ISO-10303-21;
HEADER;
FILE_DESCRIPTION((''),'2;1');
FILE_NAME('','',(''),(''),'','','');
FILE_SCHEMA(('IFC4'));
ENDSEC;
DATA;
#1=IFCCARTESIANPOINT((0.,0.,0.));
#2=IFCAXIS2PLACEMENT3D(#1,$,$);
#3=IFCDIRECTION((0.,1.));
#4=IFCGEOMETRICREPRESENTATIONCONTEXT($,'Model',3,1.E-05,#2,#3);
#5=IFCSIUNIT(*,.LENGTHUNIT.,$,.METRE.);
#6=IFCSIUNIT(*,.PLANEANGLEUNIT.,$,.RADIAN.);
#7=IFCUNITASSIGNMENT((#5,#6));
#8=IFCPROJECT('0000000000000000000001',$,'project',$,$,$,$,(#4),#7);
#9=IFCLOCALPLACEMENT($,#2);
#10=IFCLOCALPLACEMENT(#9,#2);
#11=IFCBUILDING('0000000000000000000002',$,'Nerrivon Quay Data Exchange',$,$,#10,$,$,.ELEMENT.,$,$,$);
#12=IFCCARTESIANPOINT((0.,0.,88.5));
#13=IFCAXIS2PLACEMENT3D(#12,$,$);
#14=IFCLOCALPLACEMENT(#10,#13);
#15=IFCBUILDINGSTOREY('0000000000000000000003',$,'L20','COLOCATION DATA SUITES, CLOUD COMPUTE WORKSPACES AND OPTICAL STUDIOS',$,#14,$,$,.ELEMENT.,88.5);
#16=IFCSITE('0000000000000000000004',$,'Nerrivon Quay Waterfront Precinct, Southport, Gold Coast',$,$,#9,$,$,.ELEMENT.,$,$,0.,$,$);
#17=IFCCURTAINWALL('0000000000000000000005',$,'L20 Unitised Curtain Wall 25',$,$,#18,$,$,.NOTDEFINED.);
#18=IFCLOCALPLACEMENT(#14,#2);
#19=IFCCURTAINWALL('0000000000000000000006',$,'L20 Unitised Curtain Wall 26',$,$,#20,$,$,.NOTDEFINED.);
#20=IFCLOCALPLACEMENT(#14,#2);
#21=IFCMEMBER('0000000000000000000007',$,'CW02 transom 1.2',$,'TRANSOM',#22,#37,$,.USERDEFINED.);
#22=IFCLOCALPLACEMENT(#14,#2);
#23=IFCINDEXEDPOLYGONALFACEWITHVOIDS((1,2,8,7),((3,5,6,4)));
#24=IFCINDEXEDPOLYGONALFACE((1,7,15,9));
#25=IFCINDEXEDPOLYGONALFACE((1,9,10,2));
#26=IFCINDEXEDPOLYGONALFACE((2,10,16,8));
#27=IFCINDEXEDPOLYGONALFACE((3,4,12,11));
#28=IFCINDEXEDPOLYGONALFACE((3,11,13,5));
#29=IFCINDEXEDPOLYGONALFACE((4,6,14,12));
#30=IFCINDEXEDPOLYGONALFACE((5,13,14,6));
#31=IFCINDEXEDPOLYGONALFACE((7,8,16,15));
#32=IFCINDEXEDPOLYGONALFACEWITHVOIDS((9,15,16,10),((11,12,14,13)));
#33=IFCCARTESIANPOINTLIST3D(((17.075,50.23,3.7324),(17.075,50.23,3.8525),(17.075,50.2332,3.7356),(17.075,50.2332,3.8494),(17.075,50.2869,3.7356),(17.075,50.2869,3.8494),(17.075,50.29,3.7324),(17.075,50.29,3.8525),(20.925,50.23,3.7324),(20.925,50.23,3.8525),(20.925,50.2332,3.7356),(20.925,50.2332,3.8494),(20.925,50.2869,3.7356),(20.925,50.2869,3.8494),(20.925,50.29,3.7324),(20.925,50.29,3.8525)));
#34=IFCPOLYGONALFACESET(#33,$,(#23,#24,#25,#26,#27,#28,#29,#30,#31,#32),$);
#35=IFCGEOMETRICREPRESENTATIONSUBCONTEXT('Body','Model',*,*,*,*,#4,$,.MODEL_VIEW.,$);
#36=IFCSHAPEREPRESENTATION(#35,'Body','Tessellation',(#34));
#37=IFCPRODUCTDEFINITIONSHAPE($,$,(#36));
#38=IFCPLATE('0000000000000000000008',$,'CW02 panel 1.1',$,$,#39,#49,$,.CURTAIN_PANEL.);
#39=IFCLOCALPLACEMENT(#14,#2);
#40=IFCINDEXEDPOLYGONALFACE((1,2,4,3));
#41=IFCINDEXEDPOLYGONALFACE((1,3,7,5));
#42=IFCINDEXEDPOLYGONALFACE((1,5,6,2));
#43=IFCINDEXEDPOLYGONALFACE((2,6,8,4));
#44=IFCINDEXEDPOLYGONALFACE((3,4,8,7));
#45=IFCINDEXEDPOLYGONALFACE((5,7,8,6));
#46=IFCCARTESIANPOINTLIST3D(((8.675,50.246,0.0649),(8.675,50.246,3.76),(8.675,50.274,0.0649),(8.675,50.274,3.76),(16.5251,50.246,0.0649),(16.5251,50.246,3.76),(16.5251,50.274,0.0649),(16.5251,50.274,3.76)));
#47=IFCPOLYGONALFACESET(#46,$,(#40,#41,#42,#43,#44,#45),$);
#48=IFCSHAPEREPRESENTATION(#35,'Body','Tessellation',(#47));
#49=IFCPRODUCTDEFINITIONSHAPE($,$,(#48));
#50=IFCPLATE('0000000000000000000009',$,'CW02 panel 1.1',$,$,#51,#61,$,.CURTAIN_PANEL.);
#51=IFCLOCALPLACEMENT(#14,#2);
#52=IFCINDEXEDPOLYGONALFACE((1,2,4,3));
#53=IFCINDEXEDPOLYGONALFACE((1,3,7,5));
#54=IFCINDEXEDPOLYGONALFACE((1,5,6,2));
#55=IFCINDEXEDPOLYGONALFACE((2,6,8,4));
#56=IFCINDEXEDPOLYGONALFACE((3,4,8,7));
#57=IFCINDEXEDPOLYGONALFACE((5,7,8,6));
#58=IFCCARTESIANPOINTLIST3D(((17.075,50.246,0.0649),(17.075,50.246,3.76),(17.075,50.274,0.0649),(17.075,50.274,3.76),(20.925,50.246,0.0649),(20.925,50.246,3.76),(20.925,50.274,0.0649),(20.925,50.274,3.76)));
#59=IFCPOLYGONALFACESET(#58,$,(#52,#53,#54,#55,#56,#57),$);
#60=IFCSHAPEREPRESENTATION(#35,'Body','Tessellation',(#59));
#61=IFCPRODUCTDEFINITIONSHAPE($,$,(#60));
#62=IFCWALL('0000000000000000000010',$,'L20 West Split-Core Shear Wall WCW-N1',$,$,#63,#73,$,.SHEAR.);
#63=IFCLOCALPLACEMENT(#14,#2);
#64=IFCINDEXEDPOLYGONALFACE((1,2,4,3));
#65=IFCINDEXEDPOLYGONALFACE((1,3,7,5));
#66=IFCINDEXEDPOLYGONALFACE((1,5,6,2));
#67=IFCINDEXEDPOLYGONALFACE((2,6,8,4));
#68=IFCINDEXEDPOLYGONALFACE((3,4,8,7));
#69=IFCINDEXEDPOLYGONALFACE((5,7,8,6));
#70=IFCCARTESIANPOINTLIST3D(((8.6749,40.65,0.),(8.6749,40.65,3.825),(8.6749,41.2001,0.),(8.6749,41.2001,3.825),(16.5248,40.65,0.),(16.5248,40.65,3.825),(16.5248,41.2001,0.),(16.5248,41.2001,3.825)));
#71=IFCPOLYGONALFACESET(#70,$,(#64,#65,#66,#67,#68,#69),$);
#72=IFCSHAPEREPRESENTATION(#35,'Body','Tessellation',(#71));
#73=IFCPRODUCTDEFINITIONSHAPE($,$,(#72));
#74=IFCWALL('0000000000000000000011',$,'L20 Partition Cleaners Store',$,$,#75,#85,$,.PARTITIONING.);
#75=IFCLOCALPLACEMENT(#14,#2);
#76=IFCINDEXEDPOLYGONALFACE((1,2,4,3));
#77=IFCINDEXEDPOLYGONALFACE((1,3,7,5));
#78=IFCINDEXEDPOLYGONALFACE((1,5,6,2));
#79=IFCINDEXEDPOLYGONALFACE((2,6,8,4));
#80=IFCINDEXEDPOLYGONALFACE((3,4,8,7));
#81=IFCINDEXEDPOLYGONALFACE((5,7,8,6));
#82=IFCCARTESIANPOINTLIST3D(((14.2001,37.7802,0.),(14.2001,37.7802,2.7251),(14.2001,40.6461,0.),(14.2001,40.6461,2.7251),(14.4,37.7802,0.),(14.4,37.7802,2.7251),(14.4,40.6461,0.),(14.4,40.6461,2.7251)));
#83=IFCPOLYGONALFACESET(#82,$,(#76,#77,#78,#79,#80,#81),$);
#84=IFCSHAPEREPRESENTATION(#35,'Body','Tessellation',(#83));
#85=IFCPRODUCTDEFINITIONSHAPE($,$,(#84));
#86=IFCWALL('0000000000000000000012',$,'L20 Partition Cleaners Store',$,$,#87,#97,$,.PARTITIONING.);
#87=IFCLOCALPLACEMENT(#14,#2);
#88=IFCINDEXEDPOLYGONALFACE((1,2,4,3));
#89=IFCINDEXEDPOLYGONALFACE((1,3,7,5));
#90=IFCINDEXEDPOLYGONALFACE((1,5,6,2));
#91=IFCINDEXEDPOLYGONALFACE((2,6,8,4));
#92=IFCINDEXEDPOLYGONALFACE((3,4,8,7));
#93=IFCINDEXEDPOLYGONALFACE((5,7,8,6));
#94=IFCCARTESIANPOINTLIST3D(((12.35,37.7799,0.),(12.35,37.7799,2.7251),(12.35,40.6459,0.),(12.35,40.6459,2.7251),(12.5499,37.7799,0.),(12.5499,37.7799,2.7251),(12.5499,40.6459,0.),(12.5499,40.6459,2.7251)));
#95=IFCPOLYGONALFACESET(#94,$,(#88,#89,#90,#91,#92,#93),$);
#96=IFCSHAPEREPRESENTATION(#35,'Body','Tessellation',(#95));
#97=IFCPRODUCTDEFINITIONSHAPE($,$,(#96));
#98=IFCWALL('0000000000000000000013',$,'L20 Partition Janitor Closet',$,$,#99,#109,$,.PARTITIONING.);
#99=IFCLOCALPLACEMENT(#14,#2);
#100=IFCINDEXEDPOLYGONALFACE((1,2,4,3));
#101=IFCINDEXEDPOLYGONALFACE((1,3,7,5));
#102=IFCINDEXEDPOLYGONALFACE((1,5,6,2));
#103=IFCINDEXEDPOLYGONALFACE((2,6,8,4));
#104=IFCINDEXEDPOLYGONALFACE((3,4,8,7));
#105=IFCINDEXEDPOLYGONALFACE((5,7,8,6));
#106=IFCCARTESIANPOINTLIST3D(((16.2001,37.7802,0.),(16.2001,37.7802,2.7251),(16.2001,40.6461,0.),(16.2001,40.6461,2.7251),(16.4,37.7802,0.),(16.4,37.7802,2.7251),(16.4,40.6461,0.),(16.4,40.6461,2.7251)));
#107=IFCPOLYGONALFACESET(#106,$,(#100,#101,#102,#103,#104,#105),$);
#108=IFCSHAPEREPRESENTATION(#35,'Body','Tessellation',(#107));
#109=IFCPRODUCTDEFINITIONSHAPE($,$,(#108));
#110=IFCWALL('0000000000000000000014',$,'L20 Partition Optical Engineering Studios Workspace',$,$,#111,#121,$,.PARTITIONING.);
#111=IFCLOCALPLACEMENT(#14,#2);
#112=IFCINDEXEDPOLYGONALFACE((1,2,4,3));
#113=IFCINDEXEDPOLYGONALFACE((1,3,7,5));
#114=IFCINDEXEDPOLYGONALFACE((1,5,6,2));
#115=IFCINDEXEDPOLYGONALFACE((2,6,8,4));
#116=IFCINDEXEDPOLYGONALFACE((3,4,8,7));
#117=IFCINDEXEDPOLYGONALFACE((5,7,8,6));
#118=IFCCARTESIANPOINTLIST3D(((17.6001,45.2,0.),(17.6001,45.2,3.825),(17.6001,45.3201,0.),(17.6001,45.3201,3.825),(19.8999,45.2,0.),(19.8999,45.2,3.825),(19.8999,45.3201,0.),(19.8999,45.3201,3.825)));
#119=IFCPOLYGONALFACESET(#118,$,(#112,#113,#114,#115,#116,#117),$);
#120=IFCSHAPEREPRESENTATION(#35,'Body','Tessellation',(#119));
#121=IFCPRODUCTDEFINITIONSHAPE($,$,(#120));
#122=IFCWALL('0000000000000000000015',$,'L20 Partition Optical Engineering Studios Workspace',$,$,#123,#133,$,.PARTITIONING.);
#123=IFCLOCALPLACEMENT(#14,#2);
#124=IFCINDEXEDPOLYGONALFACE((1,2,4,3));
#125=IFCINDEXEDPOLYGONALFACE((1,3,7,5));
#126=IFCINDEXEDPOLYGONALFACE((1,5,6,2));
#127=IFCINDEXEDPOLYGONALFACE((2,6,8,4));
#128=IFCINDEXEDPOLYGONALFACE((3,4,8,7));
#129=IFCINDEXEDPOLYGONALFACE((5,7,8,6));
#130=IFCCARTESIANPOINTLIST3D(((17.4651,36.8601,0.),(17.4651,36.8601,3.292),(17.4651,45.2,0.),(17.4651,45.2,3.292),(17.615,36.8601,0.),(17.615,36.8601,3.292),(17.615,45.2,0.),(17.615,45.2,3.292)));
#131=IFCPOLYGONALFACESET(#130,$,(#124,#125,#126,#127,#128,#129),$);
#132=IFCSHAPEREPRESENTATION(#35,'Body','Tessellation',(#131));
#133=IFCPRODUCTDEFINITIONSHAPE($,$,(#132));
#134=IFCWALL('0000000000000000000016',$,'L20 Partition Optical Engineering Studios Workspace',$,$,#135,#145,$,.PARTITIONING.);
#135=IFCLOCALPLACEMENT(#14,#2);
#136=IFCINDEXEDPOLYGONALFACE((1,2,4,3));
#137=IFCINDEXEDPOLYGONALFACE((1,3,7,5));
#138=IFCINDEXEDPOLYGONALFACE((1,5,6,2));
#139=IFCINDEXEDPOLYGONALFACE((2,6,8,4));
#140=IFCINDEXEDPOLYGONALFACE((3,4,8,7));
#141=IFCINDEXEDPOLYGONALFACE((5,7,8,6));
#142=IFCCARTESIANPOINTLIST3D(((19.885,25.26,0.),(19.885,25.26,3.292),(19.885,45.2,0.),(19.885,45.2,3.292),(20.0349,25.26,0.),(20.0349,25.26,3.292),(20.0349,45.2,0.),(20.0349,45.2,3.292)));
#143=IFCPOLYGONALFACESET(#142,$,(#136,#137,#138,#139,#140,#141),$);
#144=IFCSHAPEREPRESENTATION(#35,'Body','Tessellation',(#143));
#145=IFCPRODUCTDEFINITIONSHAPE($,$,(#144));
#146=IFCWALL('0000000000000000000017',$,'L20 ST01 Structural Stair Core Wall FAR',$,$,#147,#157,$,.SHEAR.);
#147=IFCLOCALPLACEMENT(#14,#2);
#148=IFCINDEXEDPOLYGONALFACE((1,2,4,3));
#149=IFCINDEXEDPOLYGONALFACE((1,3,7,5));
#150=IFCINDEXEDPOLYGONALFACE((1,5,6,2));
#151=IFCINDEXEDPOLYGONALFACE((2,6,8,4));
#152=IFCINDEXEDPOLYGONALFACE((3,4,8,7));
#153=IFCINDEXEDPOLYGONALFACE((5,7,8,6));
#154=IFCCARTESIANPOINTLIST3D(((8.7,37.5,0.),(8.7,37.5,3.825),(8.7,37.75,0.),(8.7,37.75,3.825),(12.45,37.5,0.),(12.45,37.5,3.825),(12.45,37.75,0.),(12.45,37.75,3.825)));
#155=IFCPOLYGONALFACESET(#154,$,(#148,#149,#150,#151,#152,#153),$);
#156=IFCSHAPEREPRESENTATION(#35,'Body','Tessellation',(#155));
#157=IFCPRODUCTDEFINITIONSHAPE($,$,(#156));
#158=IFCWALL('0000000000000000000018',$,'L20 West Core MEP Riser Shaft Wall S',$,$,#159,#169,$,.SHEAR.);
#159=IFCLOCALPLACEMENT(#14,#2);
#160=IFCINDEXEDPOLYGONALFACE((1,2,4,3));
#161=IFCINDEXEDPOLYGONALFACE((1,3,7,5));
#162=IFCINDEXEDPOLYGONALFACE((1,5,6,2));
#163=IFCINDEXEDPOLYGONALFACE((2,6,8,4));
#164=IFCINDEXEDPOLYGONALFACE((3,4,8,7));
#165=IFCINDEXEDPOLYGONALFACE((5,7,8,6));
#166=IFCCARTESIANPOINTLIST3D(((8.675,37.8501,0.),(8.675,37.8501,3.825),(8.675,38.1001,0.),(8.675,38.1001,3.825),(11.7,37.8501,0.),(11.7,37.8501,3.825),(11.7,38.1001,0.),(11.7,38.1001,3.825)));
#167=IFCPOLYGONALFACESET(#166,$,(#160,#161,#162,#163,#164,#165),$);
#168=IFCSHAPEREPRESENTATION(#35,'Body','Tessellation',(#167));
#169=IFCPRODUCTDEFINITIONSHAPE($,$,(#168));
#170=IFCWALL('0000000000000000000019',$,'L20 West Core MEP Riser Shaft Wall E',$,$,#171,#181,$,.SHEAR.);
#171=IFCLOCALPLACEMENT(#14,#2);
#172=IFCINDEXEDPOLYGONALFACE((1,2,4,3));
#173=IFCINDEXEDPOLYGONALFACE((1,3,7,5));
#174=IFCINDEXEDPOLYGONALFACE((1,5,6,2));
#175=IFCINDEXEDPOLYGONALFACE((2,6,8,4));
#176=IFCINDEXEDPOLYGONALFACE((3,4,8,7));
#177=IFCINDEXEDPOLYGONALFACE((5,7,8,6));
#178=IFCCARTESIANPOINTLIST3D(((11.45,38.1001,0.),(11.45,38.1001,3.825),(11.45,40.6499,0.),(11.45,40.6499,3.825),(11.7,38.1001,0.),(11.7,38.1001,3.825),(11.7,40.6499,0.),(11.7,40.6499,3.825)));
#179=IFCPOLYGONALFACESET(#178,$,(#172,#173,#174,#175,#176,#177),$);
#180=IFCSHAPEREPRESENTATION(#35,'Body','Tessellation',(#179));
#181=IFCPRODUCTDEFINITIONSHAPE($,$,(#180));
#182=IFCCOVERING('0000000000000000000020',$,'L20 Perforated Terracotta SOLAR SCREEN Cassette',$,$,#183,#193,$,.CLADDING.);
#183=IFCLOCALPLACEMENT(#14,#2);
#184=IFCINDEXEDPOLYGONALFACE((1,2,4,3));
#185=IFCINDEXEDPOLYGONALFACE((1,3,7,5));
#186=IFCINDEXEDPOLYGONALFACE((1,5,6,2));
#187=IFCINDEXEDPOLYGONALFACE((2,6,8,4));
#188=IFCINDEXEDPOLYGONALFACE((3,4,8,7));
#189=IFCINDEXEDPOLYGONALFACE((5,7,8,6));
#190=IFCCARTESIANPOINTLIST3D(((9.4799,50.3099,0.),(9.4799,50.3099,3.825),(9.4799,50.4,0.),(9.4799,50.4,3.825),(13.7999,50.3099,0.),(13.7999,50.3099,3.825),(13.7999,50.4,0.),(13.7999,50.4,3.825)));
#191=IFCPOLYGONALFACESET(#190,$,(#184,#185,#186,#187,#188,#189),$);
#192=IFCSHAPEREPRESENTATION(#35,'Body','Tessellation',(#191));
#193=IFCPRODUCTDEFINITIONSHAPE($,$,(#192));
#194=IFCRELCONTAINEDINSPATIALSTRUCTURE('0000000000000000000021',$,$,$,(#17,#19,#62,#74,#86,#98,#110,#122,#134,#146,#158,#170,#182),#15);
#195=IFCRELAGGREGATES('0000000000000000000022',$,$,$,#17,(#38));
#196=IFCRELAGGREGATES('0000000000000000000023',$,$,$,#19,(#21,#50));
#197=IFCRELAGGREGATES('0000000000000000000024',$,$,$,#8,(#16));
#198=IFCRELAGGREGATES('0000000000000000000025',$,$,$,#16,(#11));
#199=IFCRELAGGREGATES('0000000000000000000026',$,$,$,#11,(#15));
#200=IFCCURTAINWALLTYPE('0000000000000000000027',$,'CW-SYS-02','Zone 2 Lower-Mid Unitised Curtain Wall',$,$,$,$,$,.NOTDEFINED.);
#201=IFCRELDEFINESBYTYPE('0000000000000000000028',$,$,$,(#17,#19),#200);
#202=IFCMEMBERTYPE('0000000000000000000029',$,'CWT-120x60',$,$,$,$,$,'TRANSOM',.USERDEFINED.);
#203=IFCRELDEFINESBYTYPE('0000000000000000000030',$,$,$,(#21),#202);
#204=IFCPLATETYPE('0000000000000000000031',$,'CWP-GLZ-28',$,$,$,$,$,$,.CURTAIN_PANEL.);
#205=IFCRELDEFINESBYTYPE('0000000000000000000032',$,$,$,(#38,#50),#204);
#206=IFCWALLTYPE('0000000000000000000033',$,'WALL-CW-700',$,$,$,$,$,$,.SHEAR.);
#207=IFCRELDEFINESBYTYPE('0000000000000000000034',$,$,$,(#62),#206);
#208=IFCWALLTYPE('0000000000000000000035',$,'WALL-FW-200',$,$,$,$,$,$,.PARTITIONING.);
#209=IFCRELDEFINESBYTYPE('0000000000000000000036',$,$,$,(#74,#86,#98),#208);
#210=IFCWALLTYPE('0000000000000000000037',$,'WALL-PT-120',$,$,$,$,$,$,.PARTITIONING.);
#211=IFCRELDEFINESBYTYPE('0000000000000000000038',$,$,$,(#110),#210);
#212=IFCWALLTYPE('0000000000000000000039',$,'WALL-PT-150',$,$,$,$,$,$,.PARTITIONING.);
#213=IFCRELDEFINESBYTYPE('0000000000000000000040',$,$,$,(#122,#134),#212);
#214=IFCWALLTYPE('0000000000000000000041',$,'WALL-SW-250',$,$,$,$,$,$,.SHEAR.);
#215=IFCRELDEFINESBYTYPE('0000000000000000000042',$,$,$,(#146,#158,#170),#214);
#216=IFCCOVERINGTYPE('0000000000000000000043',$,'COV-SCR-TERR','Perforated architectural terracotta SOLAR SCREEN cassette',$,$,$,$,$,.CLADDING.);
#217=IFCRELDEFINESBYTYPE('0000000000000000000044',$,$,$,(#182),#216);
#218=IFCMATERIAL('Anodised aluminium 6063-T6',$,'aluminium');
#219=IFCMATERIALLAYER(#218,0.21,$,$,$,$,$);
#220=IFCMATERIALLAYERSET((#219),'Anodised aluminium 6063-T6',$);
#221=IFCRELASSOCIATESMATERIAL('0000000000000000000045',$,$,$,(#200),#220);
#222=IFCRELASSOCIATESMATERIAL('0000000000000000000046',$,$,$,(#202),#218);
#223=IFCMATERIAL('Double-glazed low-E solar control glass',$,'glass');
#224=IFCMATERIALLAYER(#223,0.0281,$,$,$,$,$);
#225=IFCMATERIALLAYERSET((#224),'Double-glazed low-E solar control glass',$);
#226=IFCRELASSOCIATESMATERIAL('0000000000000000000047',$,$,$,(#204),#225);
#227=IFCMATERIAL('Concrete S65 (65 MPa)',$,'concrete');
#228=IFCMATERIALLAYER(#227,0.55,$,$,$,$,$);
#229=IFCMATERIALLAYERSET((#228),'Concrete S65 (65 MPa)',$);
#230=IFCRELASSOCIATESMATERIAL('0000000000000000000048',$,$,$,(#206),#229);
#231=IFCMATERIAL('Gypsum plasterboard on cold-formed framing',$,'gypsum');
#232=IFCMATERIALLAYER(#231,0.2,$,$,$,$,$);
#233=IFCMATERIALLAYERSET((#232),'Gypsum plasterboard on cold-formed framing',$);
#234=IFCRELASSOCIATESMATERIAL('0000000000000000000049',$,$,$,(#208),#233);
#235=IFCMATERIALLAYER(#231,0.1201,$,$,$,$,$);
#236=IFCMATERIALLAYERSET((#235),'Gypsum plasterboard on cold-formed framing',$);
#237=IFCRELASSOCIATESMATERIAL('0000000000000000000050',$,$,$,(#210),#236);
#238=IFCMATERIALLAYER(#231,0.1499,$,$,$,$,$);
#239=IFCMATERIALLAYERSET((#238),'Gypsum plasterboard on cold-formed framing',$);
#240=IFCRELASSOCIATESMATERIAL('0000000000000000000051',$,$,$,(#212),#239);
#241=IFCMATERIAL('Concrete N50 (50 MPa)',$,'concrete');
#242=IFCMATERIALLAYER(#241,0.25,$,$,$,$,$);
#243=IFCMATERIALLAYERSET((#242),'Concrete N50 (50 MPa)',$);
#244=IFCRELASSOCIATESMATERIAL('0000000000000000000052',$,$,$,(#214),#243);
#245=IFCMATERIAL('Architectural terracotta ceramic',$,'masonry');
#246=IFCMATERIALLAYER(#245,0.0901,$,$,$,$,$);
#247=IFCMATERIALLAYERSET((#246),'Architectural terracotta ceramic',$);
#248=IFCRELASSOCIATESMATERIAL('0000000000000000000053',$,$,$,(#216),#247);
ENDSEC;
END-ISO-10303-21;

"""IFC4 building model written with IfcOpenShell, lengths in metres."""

from ifc_helpers import new_model, si_unit, direction, frame, frame_2d, origin, origin_2d, place, context, subcontext, project, spatial, rectangle, hollow_rectangle, extrude, material, layer, layer_set, material_profile, profile_set, type_object, element, aggregate, save


model = new_model("IFC4")

# Units and contexts
model_context = context("Model", 3, precision=1e-05, world=origin(), true_north=direction((0.0, 1.0)))
body_context = subcontext(model_context, "Body", "Model", "MODEL_VIEW")
ifc_project = project(units=[si_unit("LENGTHUNIT", "METRE"), si_unit("PLANEANGLEUNIT", "RADIAN")], contexts=[model_context])

# Site, building, storey
site_placement = place(None, origin())
site = spatial("IfcSite", under=ifc_project, at=site_placement, Name="Nerrivon Quay Waterfront Precinct, Southport, Gold Coast", CompositionType="ELEMENT", RefElevation=0.0)
building_placement = place(site_placement, origin())
building = spatial("IfcBuilding", under=site, at=building_placement, Name="Nerrivon Quay Data Exchange", CompositionType="ELEMENT")
storey_placement = place(building_placement, frame((0.0, 0.0, 88.5)))
storey = spatial("IfcBuildingStorey", under=building, at=storey_placement, Name="L20", Description="COLOCATION DATA SUITES, CLOUD COMPUTE WORKSPACES AND OPTICAL STUDIOS", CompositionType="ELEMENT", Elevation=88.5)

# Shared definitions
ifc_material_1 = material(Name="Concrete S65 (65 MPa)", Category="concrete")

# Curtain walls
ifc_material_2 = material(Name="Anodised aluminium 6063-T6", Category="aluminium")
ifc_layer_1 = layer(ifc_material_2, 0.21)
ifc_layer_set_1 = layer_set([ifc_layer_1], Name="Anodised aluminium 6063-T6")
curtain_wall_type = type_object("IfcCurtainWallType", Name="CW-SYS-02", Description="Zone 2 Lower-Mid Unitised Curtain Wall", PredefinedType="NOTDEFINED", material=ifc_layer_set_1)
curtain_wall_1_placement = place(storey_placement, origin())
curtain_wall_1 = element("IfcCurtainWall", 1, at=curtain_wall_1_placement, inside=storey, type_object=curtain_wall_type, Name="L20 Unitised Curtain Wall 25", PredefinedType="NOTDEFINED")
curtain_wall_2_placement = place(storey_placement, origin())
curtain_wall_2 = element("IfcCurtainWall", 2, at=curtain_wall_2_placement, inside=storey, type_object=curtain_wall_type, Name="L20 Unitised Curtain Wall 26", PredefinedType="NOTDEFINED")

# Member
ifc_material_profile_1 = material_profile(ifc_material_2, hollow_rectangle(XDim=0.0601, YDim=0.1201, WallThickness=0.0032, at=origin_2d()), Name="ALU-TRAN-120x60")
ifc_profile_set_1 = profile_set([ifc_material_profile_1], Name="Anodised aluminium 6063-T6")
member_type_1 = type_object("IfcMemberType", Name="CWT-120x60", ElementType="TRANSOM", PredefinedType="USERDEFINED", material=ifc_profile_set_1)
member_1_placement = place(storey_placement, frame((17.075, 50.26, 3.7925), z_axis=(1.0, 0.0, 0.0), x_axis=(0.0, 1.0, 0.0)))
member_1 = element("IfcMember", 3, at=member_1_placement, type_object=member_type_1, Name="CW02 transom 1.2", ObjectType="TRANSOM", PredefinedType="USERDEFINED", context=body_context, shape_type="SweptSolid", body=[
    extrude(hollow_rectangle(XDim=0.0601, YDim=0.1201, WallThickness=0.0032, at=origin_2d()), origin(), (0.0, 0.0, 1.0), 3.8501),
])

# Plates
ifc_material_3 = material(Name="Double-glazed low-E solar control glass", Category="glass")
ifc_layer_2 = layer(ifc_material_3, 0.0281)
ifc_layer_set_2 = layer_set([ifc_layer_2], Name="Double-glazed low-E solar control glass")
plate_type = type_object("IfcPlateType", Name="CWP-GLZ-28", PredefinedType="CURTAIN_PANEL", material=ifc_layer_set_2)
plate_1_placement = place(storey_placement, frame((12.6001, 50.26, 0.0649), z_axis=(0.0, 0.0, 1.0), x_axis=(1.0, 0.0, 0.0)))
plate_1 = element("IfcPlate", 4, at=plate_1_placement, type_object=plate_type, Name="CW02 panel 1.1", PredefinedType="CURTAIN_PANEL", context=body_context, shape_type="SweptSolid", body=[
    extrude(rectangle(XDim=7.8501, YDim=0.0281, at=origin_2d()), origin(), (0.0, 0.0, 1.0), 3.6951),
])
aggregate(curtain_wall_1, [plate_1])
plate_2_placement = place(storey_placement, frame((19.0, 50.26, 0.0649), z_axis=(0.0, 0.0, 1.0), x_axis=(1.0, 0.0, 0.0)))
plate_2 = element("IfcPlate", 5, at=plate_2_placement, type_object=plate_type, Name="CW02 panel 1.1", PredefinedType="CURTAIN_PANEL", context=body_context, shape_type="SweptSolid", body=[
    extrude(rectangle(XDim=3.8501, YDim=0.0281, at=origin_2d()), origin(), (0.0, 0.0, 1.0), 3.6951),
])
aggregate(curtain_wall_2, [member_1, plate_2])

# Walls
ifc_layer_3 = layer(ifc_material_1, 0.55)
ifc_layer_set_3 = layer_set([ifc_layer_3], Name="Concrete S65 (65 MPa)")
wall_type_1 = type_object("IfcWallType", Name="WALL-CW-700", PredefinedType="SHEAR", material=ifc_layer_set_3)
wall_1_placement = place(storey_placement, frame((8.675, 40.925, 0.0), z_axis=(0.0, 0.0, 1.0), x_axis=(1.0, 0.0, 0.0)))
element("IfcWall", 6, at=wall_1_placement, inside=storey, type_object=wall_type_1, Name="L20 West Split-Core Shear Wall WCW-N1", PredefinedType="SHEAR", context=body_context, shape_type="SweptSolid", body=[
    extrude(rectangle(XDim=7.8499, YDim=0.55, at=frame_2d((3.9248, 0.0))), origin(), (0.0, 0.0, 1.0), 3.825),
])
ifc_material_4 = material(Name="Gypsum plasterboard on cold-formed framing", Category="gypsum")
ifc_layer_4 = layer(ifc_material_4, 0.2)
ifc_layer_set_4 = layer_set([ifc_layer_4], Name="Gypsum plasterboard on cold-formed framing")
wall_type_2 = type_object("IfcWallType", Name="WALL-FW-200", PredefinedType="PARTITIONING", material=ifc_layer_set_4)
for number, where, z_axis, x_axis, name in (
    (7, (14.3, 37.78, 0.0), (0.0, 0.0, 1.0), (0.0, 1.0, 0.0), "L20 Partition Cleaners Store"),
    (8, (12.45, 40.646, 0.0), (0.0, 0.0, 1.0), (0.0, -1.0, 0.0), "L20 Partition Cleaners Store"),
    (9, (16.3, 37.78, 0.0), (0.0, 0.0, 1.0), (0.0, 1.0, 0.0), "L20 Partition Janitor Closet"),
):
    element("IfcWall", number, at=place(storey_placement, frame(where, z_axis=z_axis, x_axis=x_axis)), inside=storey, type_object=wall_type_2, Name=name, PredefinedType="PARTITIONING", context=body_context, shape_type="SweptSolid", body=[
        extrude(rectangle(XDim=2.866, YDim=0.2, at=frame_2d((1.4331, 0.0))), origin(), (0.0, 0.0, 1.0), 2.7251),
    ])
ifc_layer_5 = layer(ifc_material_4, 0.1201)
ifc_layer_set_5 = layer_set([ifc_layer_5], Name="Gypsum plasterboard on cold-formed framing")
wall_type_3 = type_object("IfcWallType", Name="WALL-PT-120", PredefinedType="PARTITIONING", material=ifc_layer_set_5)
wall_2_placement = place(storey_placement, frame((17.6001, 45.26, 0.0), z_axis=(0.0, 0.0, 1.0), x_axis=(1.0, 0.0, 0.0)))
element("IfcWall", 10, at=wall_2_placement, inside=storey, type_object=wall_type_3, Name="L20 Partition Optical Engineering Studios Workspace", PredefinedType="PARTITIONING", context=body_context, shape_type="SweptSolid", body=[
    extrude(rectangle(XDim=2.2998, YDim=0.1201, at=frame_2d((1.1499, 0.0))), origin(), (0.0, 0.0, 1.0), 3.825),
])
ifc_layer_6 = layer(ifc_material_4, 0.1499)
ifc_layer_set_6 = layer_set([ifc_layer_6], Name="Gypsum plasterboard on cold-formed framing")
wall_type_4 = type_object("IfcWallType", Name="WALL-PT-150", PredefinedType="PARTITIONING", material=ifc_layer_set_6)
wall_3_placement = place(storey_placement, frame((17.54, 36.8601, 0.0), z_axis=(0.0, 0.0, 1.0), x_axis=(0.0, 1.0, 0.0)))
element("IfcWall", 11, at=wall_3_placement, inside=storey, type_object=wall_type_4, Name="L20 Partition Optical Engineering Studios Workspace", PredefinedType="PARTITIONING", context=body_context, shape_type="SweptSolid", body=[
    extrude(rectangle(XDim=8.3398, YDim=0.1499, at=frame_2d((4.1699, 0.0))), origin(), (0.0, 0.0, 1.0), 3.292),
])
wall_4_placement = place(storey_placement, frame((19.96, 45.2, 0.0), z_axis=(0.0, 0.0, 1.0), x_axis=(0.0, -1.0, 0.0)))
element("IfcWall", 12, at=wall_4_placement, inside=storey, type_object=wall_type_4, Name="L20 Partition Optical Engineering Studios Workspace", PredefinedType="PARTITIONING", context=body_context, shape_type="SweptSolid", body=[
    extrude(rectangle(XDim=19.9399, YDim=0.1499, at=frame_2d((9.97, 0.0))), origin(), (0.0, 0.0, 1.0), 3.292),
])
ifc_material_5 = material(Name="Concrete N50 (50 MPa)", Category="concrete")
ifc_layer_7 = layer(ifc_material_5, 0.25)
ifc_layer_set_7 = layer_set([ifc_layer_7], Name="Concrete N50 (50 MPa)")
wall_type_5 = type_object("IfcWallType", Name="WALL-SW-250", PredefinedType="SHEAR", material=ifc_layer_set_7)
wall_5_placement = place(storey_placement, frame((12.45, 37.625, 0.0), z_axis=(0.0, 0.0, 1.0), x_axis=(-1.0, 0.0, 0.0)))
element("IfcWall", 13, at=wall_5_placement, inside=storey, type_object=wall_type_5, Name="L20 ST01 Structural Stair Core Wall FAR", PredefinedType="SHEAR", context=body_context, shape_type="SweptSolid", body=[
    extrude(rectangle(XDim=3.75, YDim=0.25, at=frame_2d((1.875, 0.0))), origin(), (0.0, 0.0, 1.0), 3.825),
])
wall_6_placement = place(storey_placement, frame((8.675, 37.9751, 0.0), z_axis=(0.0, 0.0, 1.0), x_axis=(1.0, 0.0, 0.0)))
element("IfcWall", 14, at=wall_6_placement, inside=storey, type_object=wall_type_5, Name="L20 West Core MEP Riser Shaft Wall S", PredefinedType="SHEAR", context=body_context, shape_type="SweptSolid", body=[
    extrude(rectangle(XDim=3.0249, YDim=0.25, at=frame_2d((1.5125, 0.0))), origin(), (0.0, 0.0, 1.0), 3.825),
])
wall_7_placement = place(storey_placement, frame((11.575, 38.1001, 0.0), z_axis=(0.0, 0.0, 1.0), x_axis=(0.0, 1.0, 0.0)))
element("IfcWall", 15, at=wall_7_placement, inside=storey, type_object=wall_type_5, Name="L20 West Core MEP Riser Shaft Wall E", PredefinedType="SHEAR", context=body_context, shape_type="SweptSolid", body=[
    extrude(rectangle(XDim=2.5498, YDim=0.25, at=frame_2d((1.2749, 0.0))), origin(), (0.0, 0.0, 1.0), 3.825),
])

# Covering
ifc_material_6 = material(Name="Architectural terracotta ceramic", Category="masonry")
ifc_layer_8 = layer(ifc_material_6, 0.0901)
ifc_layer_set_8 = layer_set([ifc_layer_8], Name="Architectural terracotta ceramic")
covering_type = type_object("IfcCoveringType", Name="COV-SCR-TERR", Description="Perforated architectural terracotta SOLAR SCREEN cassette", PredefinedType="CLADDING", material=ifc_layer_set_8)
covering_1_placement = place(storey_placement, frame((11.6399, 50.355, 0.0), z_axis=(0.0, 0.0, 1.0), x_axis=(1.0, 0.0, 0.0)))
element("IfcCovering", 16, at=covering_1_placement, inside=storey, type_object=covering_type, Name="L20 Perforated Terracotta SOLAR SCREEN Cassette", PredefinedType="CLADDING", context=body_context, shape_type="SweptSolid", body=[
    extrude(rectangle(XDim=4.3201, YDim=0.0901, at=origin_2d()), origin(), (0.0, 0.0, 1.0), 3.825),
])

save(model, "model.ifc")
